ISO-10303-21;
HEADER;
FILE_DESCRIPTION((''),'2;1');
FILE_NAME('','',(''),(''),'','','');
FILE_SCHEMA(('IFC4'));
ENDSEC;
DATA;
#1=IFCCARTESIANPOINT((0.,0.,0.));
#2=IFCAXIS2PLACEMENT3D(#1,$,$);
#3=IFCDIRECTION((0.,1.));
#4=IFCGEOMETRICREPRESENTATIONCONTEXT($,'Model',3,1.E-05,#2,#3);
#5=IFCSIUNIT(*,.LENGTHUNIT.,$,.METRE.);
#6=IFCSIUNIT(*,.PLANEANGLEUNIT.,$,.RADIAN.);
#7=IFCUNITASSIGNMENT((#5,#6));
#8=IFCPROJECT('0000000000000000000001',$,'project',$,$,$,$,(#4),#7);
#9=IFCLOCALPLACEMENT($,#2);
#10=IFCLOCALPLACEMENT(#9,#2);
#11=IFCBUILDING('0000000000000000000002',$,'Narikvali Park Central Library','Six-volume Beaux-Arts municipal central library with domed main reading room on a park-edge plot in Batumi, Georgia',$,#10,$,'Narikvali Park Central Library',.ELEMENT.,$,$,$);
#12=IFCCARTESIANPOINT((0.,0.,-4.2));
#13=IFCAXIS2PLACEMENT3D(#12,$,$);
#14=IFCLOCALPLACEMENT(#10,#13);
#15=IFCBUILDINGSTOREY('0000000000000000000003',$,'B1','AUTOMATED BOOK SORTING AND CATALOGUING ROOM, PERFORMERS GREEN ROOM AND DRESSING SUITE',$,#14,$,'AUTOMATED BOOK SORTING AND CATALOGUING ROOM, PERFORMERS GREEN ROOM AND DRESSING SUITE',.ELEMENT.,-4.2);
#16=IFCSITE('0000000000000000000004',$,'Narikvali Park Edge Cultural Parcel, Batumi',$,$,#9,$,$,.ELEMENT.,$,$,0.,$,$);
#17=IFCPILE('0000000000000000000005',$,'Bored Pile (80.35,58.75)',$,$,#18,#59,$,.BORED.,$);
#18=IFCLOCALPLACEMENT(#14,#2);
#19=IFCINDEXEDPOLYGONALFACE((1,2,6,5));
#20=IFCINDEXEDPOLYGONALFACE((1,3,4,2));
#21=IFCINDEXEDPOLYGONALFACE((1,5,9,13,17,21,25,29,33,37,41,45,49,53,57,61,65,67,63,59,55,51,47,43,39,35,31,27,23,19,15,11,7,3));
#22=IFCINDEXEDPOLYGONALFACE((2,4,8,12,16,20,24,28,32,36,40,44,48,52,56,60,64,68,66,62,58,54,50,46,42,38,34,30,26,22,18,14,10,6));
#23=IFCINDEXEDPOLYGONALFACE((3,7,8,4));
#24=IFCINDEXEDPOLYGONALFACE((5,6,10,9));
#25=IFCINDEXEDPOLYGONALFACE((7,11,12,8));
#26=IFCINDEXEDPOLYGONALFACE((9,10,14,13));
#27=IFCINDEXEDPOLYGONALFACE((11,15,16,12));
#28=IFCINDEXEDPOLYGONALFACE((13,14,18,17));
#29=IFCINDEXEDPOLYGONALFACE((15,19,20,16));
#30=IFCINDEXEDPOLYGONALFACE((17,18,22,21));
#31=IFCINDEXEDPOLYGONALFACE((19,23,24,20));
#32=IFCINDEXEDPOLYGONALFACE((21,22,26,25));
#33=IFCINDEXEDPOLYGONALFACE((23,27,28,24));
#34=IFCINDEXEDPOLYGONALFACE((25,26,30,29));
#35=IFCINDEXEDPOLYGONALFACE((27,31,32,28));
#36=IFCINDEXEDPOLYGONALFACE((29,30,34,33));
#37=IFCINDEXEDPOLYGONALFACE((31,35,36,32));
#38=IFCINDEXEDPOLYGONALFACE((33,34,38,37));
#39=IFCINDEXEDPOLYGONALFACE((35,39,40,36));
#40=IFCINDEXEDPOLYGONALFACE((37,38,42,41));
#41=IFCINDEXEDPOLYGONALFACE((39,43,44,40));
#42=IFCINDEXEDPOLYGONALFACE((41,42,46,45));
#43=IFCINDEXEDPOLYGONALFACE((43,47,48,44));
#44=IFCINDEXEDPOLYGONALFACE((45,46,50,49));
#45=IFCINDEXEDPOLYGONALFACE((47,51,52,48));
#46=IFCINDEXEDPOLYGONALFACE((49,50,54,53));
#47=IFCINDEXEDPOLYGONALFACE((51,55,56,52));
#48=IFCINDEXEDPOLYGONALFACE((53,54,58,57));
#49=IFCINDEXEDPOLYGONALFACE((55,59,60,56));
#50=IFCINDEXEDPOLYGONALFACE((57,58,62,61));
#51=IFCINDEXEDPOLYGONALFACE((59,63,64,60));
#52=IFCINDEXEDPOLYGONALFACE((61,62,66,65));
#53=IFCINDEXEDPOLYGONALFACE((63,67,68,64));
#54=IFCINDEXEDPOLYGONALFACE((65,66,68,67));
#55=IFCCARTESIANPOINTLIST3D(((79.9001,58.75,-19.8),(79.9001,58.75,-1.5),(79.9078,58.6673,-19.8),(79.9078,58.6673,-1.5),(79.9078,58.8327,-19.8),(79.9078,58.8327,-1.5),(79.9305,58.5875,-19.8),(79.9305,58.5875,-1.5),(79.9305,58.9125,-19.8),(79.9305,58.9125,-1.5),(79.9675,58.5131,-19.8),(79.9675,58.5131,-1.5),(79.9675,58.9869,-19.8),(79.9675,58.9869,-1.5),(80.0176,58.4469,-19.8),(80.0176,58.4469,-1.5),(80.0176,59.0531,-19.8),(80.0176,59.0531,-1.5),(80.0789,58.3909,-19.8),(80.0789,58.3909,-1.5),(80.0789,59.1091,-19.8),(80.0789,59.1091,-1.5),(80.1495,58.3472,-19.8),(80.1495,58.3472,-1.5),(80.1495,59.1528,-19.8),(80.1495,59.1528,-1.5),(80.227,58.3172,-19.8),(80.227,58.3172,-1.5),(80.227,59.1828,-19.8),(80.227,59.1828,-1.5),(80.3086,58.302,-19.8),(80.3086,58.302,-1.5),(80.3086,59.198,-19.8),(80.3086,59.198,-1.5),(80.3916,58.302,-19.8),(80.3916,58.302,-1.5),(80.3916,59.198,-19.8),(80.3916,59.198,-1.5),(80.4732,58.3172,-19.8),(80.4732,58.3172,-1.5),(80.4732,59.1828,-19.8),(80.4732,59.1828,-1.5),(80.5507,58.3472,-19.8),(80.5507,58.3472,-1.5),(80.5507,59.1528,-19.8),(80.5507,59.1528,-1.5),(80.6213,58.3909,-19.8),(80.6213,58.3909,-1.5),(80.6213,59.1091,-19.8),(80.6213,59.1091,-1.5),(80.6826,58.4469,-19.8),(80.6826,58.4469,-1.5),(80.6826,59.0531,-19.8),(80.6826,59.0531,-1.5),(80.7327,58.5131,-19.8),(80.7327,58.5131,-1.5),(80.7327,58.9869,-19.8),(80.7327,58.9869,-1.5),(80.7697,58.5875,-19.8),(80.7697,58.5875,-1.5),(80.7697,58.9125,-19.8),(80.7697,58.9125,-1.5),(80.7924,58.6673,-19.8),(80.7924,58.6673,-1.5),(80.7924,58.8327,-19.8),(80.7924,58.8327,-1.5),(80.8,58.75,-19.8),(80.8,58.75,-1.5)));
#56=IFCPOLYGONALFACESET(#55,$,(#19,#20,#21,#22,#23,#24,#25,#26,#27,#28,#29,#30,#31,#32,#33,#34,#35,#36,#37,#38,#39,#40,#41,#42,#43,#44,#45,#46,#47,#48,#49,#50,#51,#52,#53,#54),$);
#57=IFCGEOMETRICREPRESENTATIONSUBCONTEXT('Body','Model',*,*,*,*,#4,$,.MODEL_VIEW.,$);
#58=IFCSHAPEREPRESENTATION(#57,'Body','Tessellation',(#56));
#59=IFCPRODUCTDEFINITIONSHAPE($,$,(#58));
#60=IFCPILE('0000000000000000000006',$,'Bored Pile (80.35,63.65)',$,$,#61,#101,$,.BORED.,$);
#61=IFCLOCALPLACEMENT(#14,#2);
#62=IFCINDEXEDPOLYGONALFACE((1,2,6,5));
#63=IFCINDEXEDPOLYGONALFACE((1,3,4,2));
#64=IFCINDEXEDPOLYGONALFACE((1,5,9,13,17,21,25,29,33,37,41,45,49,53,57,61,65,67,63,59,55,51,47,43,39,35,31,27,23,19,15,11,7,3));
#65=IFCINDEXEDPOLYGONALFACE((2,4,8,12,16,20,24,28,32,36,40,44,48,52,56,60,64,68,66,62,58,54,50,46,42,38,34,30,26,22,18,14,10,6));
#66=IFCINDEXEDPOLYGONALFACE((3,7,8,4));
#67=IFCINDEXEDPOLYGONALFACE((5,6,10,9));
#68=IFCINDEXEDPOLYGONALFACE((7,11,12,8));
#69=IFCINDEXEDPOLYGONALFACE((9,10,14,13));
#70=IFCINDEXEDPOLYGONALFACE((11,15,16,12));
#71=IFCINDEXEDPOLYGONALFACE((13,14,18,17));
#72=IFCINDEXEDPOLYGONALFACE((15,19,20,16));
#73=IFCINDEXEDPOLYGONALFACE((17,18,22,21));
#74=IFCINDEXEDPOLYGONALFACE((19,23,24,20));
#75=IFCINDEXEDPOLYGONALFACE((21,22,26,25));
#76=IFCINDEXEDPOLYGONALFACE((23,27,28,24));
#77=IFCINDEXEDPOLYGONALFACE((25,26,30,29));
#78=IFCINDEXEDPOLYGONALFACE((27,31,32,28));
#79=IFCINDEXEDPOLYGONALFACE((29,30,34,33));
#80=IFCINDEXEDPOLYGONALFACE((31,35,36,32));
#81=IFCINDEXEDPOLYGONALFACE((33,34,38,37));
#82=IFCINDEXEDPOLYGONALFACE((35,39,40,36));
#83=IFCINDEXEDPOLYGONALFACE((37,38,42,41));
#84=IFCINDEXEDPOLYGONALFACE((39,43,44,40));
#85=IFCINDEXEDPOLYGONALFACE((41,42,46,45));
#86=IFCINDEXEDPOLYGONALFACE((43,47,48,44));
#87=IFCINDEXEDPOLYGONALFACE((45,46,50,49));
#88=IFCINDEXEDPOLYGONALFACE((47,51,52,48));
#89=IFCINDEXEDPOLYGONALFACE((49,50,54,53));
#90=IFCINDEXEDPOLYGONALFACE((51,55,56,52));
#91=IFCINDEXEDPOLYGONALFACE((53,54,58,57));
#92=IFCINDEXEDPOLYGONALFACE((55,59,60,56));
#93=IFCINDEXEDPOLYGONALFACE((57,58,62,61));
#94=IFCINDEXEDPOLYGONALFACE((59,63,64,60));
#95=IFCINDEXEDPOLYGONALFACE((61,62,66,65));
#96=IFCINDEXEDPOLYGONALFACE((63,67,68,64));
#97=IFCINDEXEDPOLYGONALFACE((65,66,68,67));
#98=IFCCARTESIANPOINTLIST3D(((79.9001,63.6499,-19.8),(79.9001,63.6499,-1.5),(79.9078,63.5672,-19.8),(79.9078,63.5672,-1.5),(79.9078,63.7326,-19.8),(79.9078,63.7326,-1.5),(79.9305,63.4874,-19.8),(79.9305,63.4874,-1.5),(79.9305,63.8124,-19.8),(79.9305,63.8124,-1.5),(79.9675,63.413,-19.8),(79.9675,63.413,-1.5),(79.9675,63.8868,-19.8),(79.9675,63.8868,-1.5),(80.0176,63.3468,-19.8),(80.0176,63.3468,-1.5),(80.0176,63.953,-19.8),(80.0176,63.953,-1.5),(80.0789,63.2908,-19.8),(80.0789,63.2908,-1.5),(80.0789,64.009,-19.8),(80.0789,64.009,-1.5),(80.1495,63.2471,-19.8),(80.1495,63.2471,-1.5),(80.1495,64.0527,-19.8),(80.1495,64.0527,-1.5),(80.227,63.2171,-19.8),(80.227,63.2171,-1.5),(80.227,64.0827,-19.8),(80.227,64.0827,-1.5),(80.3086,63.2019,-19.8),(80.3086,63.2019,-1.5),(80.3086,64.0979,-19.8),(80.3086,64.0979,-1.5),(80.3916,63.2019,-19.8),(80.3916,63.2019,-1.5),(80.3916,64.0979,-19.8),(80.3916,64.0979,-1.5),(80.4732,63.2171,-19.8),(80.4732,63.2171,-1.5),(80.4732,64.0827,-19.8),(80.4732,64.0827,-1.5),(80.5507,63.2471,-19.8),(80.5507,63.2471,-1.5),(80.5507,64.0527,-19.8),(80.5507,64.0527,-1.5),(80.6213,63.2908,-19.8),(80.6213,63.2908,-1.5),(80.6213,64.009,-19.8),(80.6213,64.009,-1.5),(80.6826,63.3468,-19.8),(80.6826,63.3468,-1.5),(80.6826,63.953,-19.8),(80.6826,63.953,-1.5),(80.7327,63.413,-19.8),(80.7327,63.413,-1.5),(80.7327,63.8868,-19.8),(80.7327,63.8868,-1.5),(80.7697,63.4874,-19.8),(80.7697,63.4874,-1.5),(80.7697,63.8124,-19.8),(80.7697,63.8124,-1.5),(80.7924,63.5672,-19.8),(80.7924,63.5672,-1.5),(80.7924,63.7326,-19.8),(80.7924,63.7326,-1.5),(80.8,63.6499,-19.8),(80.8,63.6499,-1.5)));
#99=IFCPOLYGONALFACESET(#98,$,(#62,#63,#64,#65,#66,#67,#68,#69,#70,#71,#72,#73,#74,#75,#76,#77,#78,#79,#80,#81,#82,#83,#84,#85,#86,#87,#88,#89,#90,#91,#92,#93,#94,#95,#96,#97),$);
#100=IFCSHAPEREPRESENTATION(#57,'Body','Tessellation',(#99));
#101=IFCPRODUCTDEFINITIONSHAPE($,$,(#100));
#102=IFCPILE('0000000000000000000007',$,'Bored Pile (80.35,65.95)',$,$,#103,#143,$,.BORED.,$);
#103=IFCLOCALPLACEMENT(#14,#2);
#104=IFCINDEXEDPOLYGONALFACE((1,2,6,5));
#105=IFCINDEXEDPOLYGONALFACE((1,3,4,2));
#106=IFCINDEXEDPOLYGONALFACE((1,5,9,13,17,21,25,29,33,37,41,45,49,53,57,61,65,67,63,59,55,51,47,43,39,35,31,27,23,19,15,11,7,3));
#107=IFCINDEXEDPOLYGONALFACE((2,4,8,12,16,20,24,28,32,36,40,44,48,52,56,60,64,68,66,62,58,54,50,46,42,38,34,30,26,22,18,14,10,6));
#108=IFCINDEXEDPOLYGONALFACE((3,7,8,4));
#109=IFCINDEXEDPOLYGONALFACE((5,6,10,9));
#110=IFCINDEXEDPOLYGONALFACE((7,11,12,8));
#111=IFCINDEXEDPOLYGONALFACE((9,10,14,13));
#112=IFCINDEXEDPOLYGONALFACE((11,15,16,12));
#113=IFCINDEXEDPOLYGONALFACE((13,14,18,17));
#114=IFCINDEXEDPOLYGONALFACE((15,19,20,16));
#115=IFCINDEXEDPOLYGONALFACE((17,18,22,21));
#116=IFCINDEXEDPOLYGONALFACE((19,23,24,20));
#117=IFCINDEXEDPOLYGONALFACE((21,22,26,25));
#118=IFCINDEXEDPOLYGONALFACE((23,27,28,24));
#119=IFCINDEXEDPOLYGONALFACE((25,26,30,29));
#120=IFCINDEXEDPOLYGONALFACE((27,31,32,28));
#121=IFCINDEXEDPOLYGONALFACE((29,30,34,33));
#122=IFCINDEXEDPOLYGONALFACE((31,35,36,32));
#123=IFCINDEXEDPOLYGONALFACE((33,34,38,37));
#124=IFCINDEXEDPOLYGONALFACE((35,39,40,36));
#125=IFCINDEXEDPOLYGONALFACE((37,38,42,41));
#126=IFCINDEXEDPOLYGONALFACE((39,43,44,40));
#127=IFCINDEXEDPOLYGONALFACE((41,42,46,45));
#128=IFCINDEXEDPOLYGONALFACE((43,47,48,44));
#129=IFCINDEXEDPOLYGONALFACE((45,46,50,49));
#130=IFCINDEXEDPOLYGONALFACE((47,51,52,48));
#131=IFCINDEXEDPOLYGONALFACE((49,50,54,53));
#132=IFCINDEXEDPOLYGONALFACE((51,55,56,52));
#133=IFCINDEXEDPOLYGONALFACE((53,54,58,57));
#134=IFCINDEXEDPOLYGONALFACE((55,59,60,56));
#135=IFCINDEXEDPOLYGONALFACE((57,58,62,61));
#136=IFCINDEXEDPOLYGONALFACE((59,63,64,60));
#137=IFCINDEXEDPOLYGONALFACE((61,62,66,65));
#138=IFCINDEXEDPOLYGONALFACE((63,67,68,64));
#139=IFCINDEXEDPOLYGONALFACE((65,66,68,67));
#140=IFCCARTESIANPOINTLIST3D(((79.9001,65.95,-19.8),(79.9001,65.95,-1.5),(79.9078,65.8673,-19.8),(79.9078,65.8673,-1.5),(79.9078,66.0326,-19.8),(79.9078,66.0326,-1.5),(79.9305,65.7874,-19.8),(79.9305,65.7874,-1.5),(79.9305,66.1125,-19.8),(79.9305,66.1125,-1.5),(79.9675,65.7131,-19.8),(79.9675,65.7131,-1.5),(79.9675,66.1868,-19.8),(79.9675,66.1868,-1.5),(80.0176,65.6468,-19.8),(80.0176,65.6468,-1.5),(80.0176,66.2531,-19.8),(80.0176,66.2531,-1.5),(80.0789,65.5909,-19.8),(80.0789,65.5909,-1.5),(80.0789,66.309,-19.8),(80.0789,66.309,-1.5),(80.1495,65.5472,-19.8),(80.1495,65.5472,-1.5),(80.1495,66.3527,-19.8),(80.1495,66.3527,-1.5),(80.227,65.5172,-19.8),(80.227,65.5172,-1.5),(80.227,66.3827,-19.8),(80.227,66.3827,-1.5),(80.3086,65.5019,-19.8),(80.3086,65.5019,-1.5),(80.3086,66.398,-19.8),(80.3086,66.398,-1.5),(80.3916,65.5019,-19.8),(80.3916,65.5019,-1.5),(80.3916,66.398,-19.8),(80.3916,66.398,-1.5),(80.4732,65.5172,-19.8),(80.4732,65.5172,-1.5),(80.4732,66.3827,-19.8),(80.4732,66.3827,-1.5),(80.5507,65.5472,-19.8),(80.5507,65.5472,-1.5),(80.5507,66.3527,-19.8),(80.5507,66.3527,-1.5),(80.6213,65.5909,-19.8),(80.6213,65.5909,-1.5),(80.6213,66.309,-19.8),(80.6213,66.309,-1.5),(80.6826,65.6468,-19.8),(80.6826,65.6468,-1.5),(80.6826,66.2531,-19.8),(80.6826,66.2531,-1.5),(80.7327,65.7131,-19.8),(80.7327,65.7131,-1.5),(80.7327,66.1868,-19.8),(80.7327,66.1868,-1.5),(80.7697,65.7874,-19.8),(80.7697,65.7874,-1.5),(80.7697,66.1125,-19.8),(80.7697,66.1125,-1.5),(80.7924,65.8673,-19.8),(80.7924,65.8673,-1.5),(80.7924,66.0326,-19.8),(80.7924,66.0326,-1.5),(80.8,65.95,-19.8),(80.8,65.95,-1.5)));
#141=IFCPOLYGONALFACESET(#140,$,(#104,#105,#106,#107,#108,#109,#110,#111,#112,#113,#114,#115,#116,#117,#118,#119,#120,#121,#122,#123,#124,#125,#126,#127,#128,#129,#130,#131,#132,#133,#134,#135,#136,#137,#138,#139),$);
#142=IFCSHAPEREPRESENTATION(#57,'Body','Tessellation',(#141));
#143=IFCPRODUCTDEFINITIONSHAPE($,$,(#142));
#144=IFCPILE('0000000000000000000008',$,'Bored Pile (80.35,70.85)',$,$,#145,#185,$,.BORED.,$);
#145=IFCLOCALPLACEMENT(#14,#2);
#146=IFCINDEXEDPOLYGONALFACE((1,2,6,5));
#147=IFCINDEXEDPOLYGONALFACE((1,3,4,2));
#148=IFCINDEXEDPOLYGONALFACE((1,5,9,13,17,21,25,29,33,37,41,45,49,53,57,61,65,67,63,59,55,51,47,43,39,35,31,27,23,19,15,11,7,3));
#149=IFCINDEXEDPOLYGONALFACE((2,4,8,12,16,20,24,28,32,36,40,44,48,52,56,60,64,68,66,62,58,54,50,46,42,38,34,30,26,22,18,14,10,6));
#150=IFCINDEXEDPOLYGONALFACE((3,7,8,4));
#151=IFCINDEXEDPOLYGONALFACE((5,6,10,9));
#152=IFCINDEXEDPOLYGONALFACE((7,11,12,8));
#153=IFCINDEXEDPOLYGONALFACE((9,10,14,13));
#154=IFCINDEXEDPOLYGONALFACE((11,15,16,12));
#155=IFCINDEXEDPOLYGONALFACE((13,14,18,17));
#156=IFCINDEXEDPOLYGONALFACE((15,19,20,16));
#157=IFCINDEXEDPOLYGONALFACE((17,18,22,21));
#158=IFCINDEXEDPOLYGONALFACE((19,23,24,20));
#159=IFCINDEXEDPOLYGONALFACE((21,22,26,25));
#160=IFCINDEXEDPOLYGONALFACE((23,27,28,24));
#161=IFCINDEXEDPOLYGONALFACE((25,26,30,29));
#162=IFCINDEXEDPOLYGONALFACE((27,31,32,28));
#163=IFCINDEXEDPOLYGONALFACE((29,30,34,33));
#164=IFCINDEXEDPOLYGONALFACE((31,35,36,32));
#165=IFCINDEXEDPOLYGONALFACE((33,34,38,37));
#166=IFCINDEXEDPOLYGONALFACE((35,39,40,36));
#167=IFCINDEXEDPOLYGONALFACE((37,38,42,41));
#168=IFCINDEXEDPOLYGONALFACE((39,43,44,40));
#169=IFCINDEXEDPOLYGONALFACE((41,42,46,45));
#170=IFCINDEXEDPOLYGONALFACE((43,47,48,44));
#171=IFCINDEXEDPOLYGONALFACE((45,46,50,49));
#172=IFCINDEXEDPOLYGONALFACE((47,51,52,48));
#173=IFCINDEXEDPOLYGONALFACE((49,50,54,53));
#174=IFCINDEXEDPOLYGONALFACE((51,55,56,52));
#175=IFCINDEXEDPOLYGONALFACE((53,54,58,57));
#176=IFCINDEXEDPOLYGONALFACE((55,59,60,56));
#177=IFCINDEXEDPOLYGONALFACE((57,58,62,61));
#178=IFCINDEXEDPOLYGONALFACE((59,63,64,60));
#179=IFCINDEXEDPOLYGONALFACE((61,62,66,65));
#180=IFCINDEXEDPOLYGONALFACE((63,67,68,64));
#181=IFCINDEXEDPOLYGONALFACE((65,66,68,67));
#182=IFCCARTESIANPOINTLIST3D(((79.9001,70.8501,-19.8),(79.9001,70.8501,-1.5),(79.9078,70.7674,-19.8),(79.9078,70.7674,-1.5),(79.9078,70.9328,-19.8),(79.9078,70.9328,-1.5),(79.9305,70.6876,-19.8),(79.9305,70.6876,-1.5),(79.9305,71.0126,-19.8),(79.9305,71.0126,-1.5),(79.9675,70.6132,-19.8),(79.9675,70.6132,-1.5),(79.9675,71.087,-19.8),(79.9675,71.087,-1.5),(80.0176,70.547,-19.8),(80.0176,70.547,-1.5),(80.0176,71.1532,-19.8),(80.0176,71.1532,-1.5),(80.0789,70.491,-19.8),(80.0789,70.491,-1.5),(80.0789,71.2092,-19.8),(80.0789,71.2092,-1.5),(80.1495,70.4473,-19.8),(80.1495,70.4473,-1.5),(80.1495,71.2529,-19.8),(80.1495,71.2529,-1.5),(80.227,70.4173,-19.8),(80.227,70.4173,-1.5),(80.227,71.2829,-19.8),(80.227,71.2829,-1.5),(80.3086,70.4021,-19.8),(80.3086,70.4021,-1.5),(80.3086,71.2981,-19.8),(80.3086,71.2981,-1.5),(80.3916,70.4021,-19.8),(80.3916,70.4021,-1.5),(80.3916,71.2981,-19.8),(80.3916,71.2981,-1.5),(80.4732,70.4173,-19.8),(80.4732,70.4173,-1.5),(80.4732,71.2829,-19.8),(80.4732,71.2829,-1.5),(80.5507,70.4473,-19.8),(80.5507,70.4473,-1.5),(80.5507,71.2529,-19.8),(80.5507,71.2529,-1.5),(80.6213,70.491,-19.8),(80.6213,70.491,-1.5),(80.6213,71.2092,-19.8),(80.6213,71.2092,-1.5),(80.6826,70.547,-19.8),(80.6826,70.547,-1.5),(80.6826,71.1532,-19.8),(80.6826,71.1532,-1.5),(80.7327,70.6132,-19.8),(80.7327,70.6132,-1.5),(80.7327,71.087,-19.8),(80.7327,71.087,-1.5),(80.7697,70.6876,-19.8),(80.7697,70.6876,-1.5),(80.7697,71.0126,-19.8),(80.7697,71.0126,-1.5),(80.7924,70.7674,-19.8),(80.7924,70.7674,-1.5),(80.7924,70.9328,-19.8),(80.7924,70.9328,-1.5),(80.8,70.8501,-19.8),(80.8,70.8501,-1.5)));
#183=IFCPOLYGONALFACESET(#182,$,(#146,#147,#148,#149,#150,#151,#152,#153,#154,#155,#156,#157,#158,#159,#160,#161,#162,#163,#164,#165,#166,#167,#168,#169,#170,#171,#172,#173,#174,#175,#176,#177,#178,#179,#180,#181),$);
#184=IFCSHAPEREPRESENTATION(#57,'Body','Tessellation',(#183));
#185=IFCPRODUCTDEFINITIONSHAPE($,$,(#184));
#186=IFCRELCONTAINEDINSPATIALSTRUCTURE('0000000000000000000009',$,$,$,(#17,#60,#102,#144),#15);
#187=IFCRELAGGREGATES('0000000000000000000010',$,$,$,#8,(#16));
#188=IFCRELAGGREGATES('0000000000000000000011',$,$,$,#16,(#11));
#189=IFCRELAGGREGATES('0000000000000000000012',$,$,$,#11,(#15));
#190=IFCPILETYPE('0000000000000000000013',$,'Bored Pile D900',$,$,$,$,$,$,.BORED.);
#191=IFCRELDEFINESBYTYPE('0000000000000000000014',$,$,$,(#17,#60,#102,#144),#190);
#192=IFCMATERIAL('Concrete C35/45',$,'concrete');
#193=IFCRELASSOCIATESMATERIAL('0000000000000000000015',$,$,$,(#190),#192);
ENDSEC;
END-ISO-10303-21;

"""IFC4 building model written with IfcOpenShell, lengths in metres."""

from ifc_helpers import new_model, si_unit, direction, frame, origin, origin_2d, place, context, subcontext, project, spatial, circle, extrude, material, material_profile, profile_set, type_object, element, save


model = new_model("IFC4")

# Units and contexts
model_context = context("Model", 3, precision=1e-05, world=origin(), true_north=direction((0.0, 1.0)))
body_context = subcontext(model_context, "Body", "Model", "MODEL_VIEW")
ifc_project = project(units=[si_unit("LENGTHUNIT", "METRE"), si_unit("PLANEANGLEUNIT", "RADIAN")], contexts=[model_context])

# Site, building, storey
site_placement = place(None, origin())
site = spatial("IfcSite", under=ifc_project, at=site_placement, Name="Narikvali Park Edge Cultural Parcel, Batumi", CompositionType="ELEMENT", RefElevation=0.0)
building_placement = place(site_placement, origin())
building = spatial("IfcBuilding", under=site, at=building_placement, Name="Narikvali Park Central Library", Description="Six-volume Beaux-Arts municipal central library with domed main reading room on a park-edge plot in Batumi, Georgia", LongName="Narikvali Park Central Library", CompositionType="ELEMENT")
storey_placement = place(building_placement, frame((0.0, 0.0, -4.2)))
storey = spatial("IfcBuildingStorey", under=building, at=storey_placement, Name="B1", Description="AUTOMATED BOOK SORTING AND CATALOGUING ROOM, PERFORMERS GREEN ROOM AND DRESSING SUITE", LongName="AUTOMATED BOOK SORTING AND CATALOGUING ROOM, PERFORMERS GREEN ROOM AND DRESSING SUITE", CompositionType="ELEMENT", Elevation=-4.2)

# Piles
ifc_material_1 = material(Name="Concrete C35/45", Category="concrete")
ifc_material_profile_1 = material_profile(ifc_material_1, circle(Radius=0.45, at=origin_2d()), Name="PILE D900")
ifc_profile_set_1 = profile_set([ifc_material_profile_1], Name="Concrete C35/45")
pile_type = type_object("IfcPileType", Name="Bored Pile D900", PredefinedType="BORED", material=ifc_profile_set_1)
for number, where, z_axis, x_axis, name in (
    (1, (80.3501, 58.75, -1.5), (0.0, 0.0, -1.0), (1.0, 0.0, 0.0), "Bored Pile (80.35,58.75)"),
    (2, (80.3501, 63.6499, -1.5), (0.0, 0.0, -1.0), (1.0, 0.0, 0.0), "Bored Pile (80.35,63.65)"),
    (3, (80.3501, 65.95, -1.5), (0.0, 0.0, -1.0), (1.0, 0.0, 0.0), "Bored Pile (80.35,65.95)"),
    (4, (80.3501, 70.8501, -1.5), (0.0, 0.0, -1.0), (1.0, 0.0, 0.0), "Bored Pile (80.35,70.85)"),
):
    element("IfcPile", number, at=place(storey_placement, frame(where, z_axis=z_axis, x_axis=x_axis)), inside=storey, type_object=pile_type, Name=name, PredefinedType="BORED", context=body_context, shape_type="SweptSolid", body=[
        extrude(circle(Radius=0.45, at=origin_2d()), origin(), (0.0, 0.0, 1.0), 18.3),
    ])

save(model, "model.ifc")
